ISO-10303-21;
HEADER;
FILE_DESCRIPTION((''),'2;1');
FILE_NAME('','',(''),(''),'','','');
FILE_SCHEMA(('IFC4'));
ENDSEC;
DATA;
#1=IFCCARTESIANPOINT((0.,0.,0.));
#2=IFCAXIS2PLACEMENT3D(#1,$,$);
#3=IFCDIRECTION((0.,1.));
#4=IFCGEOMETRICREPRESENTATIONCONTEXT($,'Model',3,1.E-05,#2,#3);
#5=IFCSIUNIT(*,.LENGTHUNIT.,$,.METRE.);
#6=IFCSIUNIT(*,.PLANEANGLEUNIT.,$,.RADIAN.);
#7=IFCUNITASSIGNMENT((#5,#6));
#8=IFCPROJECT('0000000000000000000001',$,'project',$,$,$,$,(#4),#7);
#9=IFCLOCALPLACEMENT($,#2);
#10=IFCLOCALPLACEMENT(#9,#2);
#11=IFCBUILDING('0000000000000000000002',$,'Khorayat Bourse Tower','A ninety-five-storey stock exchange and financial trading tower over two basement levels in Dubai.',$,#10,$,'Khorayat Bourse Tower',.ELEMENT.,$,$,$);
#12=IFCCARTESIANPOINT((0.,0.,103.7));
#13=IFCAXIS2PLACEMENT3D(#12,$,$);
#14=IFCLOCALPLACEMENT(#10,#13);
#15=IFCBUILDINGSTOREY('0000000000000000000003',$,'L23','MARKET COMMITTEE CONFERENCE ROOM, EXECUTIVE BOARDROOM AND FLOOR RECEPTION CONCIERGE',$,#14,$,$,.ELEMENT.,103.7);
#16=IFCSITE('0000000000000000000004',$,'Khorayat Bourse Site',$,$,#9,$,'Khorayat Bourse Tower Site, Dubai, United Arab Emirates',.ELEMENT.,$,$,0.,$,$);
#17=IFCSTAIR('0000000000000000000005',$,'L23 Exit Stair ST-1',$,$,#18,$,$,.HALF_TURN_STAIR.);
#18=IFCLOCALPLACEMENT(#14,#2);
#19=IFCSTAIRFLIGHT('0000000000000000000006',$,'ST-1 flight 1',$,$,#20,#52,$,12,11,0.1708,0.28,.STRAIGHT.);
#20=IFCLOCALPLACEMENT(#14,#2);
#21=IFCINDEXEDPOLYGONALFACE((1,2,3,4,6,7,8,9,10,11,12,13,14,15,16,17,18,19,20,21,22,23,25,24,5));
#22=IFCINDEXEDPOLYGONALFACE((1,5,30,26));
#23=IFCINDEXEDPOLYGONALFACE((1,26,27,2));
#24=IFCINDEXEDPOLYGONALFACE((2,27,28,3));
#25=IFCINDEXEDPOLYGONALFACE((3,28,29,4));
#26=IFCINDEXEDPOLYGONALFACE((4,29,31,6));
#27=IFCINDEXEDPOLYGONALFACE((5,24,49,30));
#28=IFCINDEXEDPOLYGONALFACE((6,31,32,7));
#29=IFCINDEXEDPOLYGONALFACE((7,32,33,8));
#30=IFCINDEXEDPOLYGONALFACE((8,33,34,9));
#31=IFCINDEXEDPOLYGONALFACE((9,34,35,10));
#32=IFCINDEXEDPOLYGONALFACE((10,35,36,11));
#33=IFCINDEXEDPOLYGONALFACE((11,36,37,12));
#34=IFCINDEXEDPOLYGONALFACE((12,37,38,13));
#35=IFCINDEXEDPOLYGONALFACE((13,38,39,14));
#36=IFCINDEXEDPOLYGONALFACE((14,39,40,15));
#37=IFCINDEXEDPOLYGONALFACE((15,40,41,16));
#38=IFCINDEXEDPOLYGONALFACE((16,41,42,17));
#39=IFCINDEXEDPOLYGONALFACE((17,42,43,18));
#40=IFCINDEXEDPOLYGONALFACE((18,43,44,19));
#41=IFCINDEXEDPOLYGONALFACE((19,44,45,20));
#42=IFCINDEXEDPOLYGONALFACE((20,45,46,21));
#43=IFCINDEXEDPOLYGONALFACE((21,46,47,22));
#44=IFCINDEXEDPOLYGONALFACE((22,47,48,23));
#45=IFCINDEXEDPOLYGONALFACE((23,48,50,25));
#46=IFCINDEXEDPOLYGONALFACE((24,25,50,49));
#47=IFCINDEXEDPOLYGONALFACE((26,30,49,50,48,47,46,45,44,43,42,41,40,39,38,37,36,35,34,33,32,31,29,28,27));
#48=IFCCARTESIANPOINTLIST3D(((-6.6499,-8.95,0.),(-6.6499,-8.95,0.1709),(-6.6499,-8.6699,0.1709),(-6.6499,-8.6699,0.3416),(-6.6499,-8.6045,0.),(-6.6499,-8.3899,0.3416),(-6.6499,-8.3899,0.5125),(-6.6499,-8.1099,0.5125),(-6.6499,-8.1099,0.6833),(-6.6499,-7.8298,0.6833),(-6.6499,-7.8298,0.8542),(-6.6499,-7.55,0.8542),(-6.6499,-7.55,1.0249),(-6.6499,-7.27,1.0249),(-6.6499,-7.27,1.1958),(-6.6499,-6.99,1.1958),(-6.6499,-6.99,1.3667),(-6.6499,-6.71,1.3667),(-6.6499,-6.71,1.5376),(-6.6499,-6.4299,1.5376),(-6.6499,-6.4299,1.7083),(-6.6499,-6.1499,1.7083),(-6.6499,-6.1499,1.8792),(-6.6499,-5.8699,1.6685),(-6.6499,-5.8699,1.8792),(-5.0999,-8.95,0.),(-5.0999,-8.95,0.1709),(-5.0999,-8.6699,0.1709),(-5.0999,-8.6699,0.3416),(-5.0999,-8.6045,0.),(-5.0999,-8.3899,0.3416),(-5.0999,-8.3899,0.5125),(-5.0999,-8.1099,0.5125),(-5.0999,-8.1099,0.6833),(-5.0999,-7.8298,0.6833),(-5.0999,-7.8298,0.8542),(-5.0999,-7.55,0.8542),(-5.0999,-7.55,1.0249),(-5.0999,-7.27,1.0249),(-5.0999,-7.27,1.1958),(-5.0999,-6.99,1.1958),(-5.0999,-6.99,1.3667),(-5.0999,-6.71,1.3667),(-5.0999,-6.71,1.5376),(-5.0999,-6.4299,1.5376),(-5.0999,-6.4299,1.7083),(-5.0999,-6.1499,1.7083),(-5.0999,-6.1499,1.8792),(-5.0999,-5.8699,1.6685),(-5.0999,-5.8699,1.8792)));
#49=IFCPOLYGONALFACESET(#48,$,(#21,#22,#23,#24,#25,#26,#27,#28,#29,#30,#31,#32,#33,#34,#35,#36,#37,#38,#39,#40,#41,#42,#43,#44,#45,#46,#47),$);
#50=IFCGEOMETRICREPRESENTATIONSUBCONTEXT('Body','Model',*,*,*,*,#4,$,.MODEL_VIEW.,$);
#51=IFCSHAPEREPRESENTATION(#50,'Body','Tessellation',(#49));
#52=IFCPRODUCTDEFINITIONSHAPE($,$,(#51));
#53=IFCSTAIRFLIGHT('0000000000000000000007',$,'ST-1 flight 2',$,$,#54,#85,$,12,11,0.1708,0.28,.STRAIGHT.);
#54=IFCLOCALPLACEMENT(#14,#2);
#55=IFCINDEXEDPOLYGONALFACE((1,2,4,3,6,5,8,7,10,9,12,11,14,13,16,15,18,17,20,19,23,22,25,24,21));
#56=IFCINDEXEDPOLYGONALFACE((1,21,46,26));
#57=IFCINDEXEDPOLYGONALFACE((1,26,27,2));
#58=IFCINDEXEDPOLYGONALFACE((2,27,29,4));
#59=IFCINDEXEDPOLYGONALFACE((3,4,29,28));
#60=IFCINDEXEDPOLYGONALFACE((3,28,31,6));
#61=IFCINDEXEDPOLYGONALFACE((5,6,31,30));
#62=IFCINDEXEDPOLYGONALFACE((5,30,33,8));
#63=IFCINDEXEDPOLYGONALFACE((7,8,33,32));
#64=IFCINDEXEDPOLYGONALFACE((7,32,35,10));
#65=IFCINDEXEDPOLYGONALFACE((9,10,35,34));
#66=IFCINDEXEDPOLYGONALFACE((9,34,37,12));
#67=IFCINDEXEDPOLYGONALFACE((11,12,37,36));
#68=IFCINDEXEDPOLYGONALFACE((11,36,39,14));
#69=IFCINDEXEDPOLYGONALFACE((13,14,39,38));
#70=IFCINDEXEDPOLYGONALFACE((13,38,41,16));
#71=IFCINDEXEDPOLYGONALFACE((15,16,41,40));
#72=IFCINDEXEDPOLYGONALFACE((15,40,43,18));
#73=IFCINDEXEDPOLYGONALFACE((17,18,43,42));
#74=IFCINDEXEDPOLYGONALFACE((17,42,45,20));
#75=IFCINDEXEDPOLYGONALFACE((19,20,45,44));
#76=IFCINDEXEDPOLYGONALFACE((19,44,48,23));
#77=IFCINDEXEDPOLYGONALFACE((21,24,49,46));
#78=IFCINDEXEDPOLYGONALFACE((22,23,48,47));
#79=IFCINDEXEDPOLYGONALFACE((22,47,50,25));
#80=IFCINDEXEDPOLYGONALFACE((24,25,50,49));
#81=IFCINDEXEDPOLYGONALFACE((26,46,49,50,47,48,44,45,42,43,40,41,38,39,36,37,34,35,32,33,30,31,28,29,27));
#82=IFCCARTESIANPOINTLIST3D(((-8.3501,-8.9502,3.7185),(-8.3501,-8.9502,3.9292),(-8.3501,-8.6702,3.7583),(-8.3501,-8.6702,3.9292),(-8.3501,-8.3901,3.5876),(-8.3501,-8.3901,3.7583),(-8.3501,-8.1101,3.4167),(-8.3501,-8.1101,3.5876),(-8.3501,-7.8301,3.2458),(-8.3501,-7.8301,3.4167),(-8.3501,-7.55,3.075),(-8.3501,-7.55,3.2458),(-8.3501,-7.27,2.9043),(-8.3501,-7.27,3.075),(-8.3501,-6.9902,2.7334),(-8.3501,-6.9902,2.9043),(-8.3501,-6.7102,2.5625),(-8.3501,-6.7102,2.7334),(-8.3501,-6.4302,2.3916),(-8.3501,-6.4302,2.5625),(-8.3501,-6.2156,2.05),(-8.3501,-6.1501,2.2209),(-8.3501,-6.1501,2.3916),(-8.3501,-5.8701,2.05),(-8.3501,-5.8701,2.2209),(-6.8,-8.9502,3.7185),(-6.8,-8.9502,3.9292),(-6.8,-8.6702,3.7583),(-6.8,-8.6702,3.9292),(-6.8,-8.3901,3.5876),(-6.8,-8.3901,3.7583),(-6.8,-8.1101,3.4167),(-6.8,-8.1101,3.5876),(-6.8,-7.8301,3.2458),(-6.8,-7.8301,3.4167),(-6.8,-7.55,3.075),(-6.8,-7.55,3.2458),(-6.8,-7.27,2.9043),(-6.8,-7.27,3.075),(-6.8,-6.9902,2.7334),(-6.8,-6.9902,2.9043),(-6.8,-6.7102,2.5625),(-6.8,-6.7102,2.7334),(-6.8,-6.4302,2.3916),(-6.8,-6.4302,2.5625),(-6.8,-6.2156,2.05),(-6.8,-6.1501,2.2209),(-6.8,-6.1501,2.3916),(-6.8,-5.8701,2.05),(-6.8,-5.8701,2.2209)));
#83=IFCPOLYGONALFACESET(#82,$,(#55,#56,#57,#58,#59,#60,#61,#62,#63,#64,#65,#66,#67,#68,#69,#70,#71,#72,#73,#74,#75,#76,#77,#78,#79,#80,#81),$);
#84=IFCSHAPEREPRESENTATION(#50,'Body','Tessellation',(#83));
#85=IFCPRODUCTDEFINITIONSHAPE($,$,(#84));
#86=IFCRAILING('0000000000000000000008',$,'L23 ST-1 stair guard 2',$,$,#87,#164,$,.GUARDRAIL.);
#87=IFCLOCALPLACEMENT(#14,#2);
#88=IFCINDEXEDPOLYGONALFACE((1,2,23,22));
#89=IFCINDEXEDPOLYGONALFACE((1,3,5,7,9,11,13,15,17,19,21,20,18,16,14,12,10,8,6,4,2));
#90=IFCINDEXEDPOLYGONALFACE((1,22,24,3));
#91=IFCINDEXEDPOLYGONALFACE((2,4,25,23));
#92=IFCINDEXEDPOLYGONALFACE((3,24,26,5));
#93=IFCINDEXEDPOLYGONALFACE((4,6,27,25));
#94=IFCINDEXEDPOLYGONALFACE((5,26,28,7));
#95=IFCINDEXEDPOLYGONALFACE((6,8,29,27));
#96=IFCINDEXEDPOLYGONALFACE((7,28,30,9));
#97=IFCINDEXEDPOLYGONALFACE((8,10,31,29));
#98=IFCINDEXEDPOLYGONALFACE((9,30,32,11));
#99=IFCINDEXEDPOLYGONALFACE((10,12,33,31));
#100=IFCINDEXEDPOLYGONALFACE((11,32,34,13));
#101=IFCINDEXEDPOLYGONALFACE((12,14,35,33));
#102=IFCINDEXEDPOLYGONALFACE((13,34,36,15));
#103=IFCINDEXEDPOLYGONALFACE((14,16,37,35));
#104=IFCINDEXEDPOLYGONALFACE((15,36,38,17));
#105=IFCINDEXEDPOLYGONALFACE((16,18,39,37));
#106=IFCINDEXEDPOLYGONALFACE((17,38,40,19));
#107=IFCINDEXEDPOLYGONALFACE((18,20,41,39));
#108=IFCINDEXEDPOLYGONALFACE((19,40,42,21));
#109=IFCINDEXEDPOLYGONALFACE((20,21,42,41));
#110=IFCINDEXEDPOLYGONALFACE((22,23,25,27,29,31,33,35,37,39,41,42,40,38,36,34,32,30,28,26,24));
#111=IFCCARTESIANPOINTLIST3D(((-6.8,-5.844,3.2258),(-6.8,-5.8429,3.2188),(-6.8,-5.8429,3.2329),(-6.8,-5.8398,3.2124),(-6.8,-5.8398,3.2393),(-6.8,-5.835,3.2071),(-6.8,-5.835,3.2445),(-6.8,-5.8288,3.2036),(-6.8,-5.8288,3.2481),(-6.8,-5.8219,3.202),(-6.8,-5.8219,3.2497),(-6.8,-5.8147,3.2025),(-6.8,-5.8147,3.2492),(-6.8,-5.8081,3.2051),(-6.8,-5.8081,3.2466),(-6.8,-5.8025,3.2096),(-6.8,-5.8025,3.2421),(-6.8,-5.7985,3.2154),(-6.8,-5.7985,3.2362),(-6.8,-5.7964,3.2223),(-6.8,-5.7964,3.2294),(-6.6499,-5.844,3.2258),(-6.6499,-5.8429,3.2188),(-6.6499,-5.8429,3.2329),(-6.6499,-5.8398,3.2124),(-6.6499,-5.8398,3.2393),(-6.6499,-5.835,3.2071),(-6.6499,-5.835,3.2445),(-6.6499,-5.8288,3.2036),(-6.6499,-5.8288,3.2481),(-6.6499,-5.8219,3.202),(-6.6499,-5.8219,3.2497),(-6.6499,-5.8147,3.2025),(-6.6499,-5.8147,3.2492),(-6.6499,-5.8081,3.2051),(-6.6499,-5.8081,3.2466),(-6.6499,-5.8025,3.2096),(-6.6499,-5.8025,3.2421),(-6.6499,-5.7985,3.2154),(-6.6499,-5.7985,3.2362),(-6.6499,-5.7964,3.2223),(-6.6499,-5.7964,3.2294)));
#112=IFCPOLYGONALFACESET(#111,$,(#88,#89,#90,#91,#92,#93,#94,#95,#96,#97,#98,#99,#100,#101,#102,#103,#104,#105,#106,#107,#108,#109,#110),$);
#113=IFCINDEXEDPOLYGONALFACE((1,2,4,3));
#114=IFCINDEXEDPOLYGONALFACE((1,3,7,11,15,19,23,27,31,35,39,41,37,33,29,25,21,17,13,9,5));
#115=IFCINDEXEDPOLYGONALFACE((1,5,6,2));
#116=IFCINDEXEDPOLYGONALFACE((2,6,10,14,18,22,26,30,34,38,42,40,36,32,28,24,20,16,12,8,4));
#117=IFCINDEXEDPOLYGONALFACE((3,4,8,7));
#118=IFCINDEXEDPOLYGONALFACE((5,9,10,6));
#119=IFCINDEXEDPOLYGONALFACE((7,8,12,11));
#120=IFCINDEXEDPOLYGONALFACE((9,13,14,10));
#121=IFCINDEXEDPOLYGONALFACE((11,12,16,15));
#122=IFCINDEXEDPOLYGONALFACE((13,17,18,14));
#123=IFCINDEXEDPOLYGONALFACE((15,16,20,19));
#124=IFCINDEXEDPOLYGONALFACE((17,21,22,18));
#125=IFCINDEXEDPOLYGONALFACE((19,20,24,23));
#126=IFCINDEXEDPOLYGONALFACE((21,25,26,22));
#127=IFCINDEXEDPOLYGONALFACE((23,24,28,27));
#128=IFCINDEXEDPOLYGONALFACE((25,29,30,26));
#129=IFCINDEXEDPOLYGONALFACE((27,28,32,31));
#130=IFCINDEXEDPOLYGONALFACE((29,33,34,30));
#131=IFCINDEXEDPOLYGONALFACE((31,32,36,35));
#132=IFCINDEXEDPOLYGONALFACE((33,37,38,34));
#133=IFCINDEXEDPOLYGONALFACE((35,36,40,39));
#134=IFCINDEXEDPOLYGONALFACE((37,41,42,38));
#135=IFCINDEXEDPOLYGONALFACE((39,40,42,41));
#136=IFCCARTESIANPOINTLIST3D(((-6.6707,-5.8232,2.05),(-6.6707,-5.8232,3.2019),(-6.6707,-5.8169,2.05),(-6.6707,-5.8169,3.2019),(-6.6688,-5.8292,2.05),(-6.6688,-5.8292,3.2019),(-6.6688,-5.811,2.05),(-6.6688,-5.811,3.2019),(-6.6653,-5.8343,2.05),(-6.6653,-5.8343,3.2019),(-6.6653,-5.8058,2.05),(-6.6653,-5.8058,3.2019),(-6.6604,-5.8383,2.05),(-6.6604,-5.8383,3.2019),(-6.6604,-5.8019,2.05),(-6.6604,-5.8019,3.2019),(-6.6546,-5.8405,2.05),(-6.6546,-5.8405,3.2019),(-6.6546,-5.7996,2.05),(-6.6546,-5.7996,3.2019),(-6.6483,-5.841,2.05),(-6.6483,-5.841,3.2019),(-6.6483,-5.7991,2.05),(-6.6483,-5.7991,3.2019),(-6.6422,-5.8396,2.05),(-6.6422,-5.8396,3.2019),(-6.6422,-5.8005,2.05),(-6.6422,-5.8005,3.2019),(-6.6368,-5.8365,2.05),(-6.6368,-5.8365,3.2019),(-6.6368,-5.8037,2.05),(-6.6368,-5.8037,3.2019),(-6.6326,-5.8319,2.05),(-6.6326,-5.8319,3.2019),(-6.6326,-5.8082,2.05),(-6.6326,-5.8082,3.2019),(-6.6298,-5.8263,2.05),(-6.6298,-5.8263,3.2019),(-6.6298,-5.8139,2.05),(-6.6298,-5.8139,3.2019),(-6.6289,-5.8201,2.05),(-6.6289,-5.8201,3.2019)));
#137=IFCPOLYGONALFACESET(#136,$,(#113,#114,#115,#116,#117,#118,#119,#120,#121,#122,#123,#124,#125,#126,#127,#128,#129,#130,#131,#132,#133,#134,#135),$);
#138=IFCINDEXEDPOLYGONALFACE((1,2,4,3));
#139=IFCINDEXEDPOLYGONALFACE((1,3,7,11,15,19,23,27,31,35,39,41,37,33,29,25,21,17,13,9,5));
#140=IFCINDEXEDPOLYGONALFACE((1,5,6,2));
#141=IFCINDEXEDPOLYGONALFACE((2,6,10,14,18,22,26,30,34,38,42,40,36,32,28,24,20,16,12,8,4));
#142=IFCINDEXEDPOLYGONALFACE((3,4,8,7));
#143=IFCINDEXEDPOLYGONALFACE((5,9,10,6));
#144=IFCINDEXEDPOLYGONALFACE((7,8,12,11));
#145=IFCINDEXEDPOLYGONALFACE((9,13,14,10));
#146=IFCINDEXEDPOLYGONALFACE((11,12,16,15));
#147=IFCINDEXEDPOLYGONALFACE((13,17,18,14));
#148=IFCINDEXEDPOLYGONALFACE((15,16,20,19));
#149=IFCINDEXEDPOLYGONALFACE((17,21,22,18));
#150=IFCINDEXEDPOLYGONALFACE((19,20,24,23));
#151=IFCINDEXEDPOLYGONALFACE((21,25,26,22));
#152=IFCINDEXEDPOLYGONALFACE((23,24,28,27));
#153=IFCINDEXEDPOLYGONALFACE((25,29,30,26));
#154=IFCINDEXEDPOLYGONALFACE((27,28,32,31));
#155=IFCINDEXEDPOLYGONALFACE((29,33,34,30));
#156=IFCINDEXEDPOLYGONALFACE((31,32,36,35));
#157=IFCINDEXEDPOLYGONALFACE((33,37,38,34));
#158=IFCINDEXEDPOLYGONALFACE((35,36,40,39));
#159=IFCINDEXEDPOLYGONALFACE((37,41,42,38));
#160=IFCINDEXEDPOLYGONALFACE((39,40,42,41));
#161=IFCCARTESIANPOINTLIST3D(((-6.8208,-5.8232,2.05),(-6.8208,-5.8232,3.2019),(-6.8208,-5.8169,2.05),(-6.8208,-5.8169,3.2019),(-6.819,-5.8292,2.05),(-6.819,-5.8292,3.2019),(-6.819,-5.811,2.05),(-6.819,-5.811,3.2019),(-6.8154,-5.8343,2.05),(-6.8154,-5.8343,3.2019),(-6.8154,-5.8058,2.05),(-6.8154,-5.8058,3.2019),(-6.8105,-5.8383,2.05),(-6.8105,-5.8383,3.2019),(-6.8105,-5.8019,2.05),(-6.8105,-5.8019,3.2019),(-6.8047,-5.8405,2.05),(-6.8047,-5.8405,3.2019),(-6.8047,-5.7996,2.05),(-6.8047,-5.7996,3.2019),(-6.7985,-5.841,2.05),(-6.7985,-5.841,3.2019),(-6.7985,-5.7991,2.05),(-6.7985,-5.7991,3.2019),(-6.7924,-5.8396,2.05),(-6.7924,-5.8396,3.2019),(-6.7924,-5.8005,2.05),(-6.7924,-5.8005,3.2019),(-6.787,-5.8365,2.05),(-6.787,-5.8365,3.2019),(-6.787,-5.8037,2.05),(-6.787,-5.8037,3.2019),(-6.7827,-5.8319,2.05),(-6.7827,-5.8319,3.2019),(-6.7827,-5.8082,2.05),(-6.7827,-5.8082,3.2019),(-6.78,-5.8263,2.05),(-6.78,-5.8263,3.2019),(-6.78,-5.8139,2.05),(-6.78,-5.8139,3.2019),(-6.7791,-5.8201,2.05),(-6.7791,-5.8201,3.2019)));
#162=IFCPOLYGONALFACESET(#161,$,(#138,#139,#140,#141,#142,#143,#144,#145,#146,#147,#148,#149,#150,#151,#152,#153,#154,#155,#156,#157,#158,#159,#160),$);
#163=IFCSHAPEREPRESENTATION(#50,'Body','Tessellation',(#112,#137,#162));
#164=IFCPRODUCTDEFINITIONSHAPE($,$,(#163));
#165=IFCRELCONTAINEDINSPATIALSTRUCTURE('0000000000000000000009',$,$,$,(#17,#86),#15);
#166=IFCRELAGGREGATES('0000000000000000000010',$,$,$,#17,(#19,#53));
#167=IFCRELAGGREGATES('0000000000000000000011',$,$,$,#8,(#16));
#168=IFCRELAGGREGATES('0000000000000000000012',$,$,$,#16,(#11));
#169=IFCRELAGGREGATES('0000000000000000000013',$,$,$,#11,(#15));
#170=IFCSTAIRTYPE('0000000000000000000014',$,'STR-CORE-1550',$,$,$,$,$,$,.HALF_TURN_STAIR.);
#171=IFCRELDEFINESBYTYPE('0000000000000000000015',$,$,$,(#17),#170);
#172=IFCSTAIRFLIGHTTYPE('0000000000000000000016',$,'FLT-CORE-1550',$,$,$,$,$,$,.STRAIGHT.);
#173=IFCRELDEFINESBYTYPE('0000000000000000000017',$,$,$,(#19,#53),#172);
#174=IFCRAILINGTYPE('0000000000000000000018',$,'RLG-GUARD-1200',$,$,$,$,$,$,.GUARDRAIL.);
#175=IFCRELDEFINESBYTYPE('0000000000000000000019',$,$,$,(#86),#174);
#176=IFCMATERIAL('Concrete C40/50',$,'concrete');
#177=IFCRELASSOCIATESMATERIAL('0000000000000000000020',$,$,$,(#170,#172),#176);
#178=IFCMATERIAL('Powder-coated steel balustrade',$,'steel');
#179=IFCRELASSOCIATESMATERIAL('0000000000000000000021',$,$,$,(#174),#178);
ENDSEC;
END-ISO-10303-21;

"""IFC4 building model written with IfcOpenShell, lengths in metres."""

from ifc_helpers import new_model, si_unit, direction, frame, origin, origin_2d, place, context, subcontext, project, spatial, polyline, circle, outline, extrude, source, transform, mapped, material, type_object, element, aggregate, save


model = new_model("IFC4")

# Units and contexts
model_context = context("Model", 3, precision=1e-05, world=origin(), true_north=direction((0.0, 1.0)))
body_context = subcontext(model_context, "Body", "Model", "MODEL_VIEW")
ifc_project = project(units=[si_unit("LENGTHUNIT", "METRE"), si_unit("PLANEANGLEUNIT", "RADIAN")], contexts=[model_context])

# Site, building, storey
site_placement = place(None, origin())
site = spatial("IfcSite", under=ifc_project, at=site_placement, Name="Khorayat Bourse Site", LongName="Khorayat Bourse Tower Site, Dubai, United Arab Emirates", CompositionType="ELEMENT", RefElevation=0.0)
building_placement = place(site_placement, origin())
building = spatial("IfcBuilding", under=site, at=building_placement, Name="Khorayat Bourse Tower", Description="A ninety-five-storey stock exchange and financial trading tower over two basement levels in Dubai.", LongName="Khorayat Bourse Tower", CompositionType="ELEMENT")
storey_placement = place(building_placement, frame((0.0, 0.0, 103.7)))
storey = spatial("IfcBuildingStorey", under=building, at=storey_placement, Name="L23", Description="MARKET COMMITTEE CONFERENCE ROOM, EXECUTIVE BOARDROOM AND FLOOR RECEPTION CONCIERGE", CompositionType="ELEMENT", Elevation=103.7)

# Stair, stair flights
ifc_material_1 = material(Name="Concrete C40/50", Category="concrete")
stair_type = type_object("IfcStairType", Name="STR-CORE-1550", PredefinedType="HALF_TURN_STAIR", material=ifc_material_1)
stair_placement = place(storey_placement, origin())
stair = element("IfcStair", 1, at=stair_placement, inside=storey, type_object=stair_type, Name="L23 Exit Stair ST-1", PredefinedType="HALF_TURN_STAIR")
stair_flight_type = type_object("IfcStairFlightType", Name="FLT-CORE-1550", PredefinedType="STRAIGHT", material=ifc_material_1)
shared_shape_1 = source(origin(), body_context, "Body", "SweptSolid", [
    extrude(outline(polyline([(0.0, 0.0), (0.0, 0.1709), (0.28, 0.1709), (0.28, 0.3416), (0.5601, 0.3416), (0.5601, 0.5125), (0.8401, 0.5125), (0.8401, 0.6833), (1.1201, 0.6833), (1.1201, 0.8542), (1.3999, 0.8542), (1.3999, 1.0249), (1.6799, 1.0249), (1.6799, 1.1958), (1.96, 1.1958), (1.96, 1.3667), (2.24, 1.3667), (2.24, 1.5376), (2.52, 1.5376), (2.52, 1.7083), (2.8, 1.7083), (2.8, 1.8792), (3.0801, 1.8792), (3.0801, 2.05), (3.0801, 1.6685), (0.3455, 0.0), (0.0, 0.0)])), frame((0.0, 0.7749, 0.0), z_axis=(0.0, -1.0, 0.0), x_axis=(1.0, 0.0, 0.0)), (0.0, 0.0, 1.0), 1.55),
])
stair_flight_1_placement = place(storey_placement, frame((-5.875, -8.95, 0.0), z_axis=(0.0, 0.0, 1.0), x_axis=(0.0, 1.0, 0.0)))
stair_flight_1 = element("IfcStairFlight", 2, at=stair_flight_1_placement, type_object=stair_flight_type, Name="ST-1 flight 1", NumberOfRisers=12, NumberOfTreads=11, PredefinedType="STRAIGHT", RiserHeight=0.1708, TreadLength=0.28, context=body_context, shape_type="MappedRepresentation", body=[
    mapped(shared_shape_1, transform((0.0, 0.0, 0.0), scale=1.0)),
])
stair_flight_2_placement = place(storey_placement, frame((-7.575, -5.8701, 2.05), z_axis=(0.0, 0.0, 1.0), x_axis=(0.0, -1.0, 0.0)))
stair_flight_2 = element("IfcStairFlight", 3, at=stair_flight_2_placement, type_object=stair_flight_type, Name="ST-1 flight 2", NumberOfRisers=12, NumberOfTreads=11, PredefinedType="STRAIGHT", RiserHeight=0.1708, TreadLength=0.28, context=body_context, shape_type="MappedRepresentation", body=[
    mapped(shared_shape_1, transform((0.0, 0.0, 0.0), scale=1.0)),
])
aggregate(stair, [stair_flight_1, stair_flight_2])

# Railing
ifc_material_2 = material(Name="Powder-coated steel balustrade", Category="steel")
railing_type_1 = type_object("IfcRailingType", Name="RLG-GUARD-1200", PredefinedType="GUARDRAIL", material=ifc_material_2)
shared_shape_2 = source(origin(), body_context, "Body", "SweptSolid", [
    extrude(circle(Radius=0.0239, at=origin_2d()), frame((0.0, 0.0, 1.1758), z_axis=(-1.0, 0.0, 0.0), x_axis=(0.0, -1.0, 0.0)), (0.0, 0.0, 1.0), 0.1501),
    extrude(circle(Radius=0.021, at=origin_2d()), origin(), (0.0, 0.0, 1.0), 1.1519),
    extrude(circle(Radius=0.021, at=origin_2d()), frame((-0.1501, 0.0, 0.0)), (0.0, 0.0, 1.0), 1.1519),
])
for number, where, name in (
    (4, (-6.6499, -5.8201, 2.05), "L23 ST-1 stair guard 2"),
):
    element("IfcRailing", number, at=place(storey_placement, frame(where)), inside=storey, type_object=railing_type_1, Name=name, PredefinedType="GUARDRAIL", context=body_context, shape_type="MappedRepresentation", body=[
        mapped(shared_shape_2, transform((0.0, 0.0, 0.0), scale=1.0)),
    ])

save(model, "model.ifc")
